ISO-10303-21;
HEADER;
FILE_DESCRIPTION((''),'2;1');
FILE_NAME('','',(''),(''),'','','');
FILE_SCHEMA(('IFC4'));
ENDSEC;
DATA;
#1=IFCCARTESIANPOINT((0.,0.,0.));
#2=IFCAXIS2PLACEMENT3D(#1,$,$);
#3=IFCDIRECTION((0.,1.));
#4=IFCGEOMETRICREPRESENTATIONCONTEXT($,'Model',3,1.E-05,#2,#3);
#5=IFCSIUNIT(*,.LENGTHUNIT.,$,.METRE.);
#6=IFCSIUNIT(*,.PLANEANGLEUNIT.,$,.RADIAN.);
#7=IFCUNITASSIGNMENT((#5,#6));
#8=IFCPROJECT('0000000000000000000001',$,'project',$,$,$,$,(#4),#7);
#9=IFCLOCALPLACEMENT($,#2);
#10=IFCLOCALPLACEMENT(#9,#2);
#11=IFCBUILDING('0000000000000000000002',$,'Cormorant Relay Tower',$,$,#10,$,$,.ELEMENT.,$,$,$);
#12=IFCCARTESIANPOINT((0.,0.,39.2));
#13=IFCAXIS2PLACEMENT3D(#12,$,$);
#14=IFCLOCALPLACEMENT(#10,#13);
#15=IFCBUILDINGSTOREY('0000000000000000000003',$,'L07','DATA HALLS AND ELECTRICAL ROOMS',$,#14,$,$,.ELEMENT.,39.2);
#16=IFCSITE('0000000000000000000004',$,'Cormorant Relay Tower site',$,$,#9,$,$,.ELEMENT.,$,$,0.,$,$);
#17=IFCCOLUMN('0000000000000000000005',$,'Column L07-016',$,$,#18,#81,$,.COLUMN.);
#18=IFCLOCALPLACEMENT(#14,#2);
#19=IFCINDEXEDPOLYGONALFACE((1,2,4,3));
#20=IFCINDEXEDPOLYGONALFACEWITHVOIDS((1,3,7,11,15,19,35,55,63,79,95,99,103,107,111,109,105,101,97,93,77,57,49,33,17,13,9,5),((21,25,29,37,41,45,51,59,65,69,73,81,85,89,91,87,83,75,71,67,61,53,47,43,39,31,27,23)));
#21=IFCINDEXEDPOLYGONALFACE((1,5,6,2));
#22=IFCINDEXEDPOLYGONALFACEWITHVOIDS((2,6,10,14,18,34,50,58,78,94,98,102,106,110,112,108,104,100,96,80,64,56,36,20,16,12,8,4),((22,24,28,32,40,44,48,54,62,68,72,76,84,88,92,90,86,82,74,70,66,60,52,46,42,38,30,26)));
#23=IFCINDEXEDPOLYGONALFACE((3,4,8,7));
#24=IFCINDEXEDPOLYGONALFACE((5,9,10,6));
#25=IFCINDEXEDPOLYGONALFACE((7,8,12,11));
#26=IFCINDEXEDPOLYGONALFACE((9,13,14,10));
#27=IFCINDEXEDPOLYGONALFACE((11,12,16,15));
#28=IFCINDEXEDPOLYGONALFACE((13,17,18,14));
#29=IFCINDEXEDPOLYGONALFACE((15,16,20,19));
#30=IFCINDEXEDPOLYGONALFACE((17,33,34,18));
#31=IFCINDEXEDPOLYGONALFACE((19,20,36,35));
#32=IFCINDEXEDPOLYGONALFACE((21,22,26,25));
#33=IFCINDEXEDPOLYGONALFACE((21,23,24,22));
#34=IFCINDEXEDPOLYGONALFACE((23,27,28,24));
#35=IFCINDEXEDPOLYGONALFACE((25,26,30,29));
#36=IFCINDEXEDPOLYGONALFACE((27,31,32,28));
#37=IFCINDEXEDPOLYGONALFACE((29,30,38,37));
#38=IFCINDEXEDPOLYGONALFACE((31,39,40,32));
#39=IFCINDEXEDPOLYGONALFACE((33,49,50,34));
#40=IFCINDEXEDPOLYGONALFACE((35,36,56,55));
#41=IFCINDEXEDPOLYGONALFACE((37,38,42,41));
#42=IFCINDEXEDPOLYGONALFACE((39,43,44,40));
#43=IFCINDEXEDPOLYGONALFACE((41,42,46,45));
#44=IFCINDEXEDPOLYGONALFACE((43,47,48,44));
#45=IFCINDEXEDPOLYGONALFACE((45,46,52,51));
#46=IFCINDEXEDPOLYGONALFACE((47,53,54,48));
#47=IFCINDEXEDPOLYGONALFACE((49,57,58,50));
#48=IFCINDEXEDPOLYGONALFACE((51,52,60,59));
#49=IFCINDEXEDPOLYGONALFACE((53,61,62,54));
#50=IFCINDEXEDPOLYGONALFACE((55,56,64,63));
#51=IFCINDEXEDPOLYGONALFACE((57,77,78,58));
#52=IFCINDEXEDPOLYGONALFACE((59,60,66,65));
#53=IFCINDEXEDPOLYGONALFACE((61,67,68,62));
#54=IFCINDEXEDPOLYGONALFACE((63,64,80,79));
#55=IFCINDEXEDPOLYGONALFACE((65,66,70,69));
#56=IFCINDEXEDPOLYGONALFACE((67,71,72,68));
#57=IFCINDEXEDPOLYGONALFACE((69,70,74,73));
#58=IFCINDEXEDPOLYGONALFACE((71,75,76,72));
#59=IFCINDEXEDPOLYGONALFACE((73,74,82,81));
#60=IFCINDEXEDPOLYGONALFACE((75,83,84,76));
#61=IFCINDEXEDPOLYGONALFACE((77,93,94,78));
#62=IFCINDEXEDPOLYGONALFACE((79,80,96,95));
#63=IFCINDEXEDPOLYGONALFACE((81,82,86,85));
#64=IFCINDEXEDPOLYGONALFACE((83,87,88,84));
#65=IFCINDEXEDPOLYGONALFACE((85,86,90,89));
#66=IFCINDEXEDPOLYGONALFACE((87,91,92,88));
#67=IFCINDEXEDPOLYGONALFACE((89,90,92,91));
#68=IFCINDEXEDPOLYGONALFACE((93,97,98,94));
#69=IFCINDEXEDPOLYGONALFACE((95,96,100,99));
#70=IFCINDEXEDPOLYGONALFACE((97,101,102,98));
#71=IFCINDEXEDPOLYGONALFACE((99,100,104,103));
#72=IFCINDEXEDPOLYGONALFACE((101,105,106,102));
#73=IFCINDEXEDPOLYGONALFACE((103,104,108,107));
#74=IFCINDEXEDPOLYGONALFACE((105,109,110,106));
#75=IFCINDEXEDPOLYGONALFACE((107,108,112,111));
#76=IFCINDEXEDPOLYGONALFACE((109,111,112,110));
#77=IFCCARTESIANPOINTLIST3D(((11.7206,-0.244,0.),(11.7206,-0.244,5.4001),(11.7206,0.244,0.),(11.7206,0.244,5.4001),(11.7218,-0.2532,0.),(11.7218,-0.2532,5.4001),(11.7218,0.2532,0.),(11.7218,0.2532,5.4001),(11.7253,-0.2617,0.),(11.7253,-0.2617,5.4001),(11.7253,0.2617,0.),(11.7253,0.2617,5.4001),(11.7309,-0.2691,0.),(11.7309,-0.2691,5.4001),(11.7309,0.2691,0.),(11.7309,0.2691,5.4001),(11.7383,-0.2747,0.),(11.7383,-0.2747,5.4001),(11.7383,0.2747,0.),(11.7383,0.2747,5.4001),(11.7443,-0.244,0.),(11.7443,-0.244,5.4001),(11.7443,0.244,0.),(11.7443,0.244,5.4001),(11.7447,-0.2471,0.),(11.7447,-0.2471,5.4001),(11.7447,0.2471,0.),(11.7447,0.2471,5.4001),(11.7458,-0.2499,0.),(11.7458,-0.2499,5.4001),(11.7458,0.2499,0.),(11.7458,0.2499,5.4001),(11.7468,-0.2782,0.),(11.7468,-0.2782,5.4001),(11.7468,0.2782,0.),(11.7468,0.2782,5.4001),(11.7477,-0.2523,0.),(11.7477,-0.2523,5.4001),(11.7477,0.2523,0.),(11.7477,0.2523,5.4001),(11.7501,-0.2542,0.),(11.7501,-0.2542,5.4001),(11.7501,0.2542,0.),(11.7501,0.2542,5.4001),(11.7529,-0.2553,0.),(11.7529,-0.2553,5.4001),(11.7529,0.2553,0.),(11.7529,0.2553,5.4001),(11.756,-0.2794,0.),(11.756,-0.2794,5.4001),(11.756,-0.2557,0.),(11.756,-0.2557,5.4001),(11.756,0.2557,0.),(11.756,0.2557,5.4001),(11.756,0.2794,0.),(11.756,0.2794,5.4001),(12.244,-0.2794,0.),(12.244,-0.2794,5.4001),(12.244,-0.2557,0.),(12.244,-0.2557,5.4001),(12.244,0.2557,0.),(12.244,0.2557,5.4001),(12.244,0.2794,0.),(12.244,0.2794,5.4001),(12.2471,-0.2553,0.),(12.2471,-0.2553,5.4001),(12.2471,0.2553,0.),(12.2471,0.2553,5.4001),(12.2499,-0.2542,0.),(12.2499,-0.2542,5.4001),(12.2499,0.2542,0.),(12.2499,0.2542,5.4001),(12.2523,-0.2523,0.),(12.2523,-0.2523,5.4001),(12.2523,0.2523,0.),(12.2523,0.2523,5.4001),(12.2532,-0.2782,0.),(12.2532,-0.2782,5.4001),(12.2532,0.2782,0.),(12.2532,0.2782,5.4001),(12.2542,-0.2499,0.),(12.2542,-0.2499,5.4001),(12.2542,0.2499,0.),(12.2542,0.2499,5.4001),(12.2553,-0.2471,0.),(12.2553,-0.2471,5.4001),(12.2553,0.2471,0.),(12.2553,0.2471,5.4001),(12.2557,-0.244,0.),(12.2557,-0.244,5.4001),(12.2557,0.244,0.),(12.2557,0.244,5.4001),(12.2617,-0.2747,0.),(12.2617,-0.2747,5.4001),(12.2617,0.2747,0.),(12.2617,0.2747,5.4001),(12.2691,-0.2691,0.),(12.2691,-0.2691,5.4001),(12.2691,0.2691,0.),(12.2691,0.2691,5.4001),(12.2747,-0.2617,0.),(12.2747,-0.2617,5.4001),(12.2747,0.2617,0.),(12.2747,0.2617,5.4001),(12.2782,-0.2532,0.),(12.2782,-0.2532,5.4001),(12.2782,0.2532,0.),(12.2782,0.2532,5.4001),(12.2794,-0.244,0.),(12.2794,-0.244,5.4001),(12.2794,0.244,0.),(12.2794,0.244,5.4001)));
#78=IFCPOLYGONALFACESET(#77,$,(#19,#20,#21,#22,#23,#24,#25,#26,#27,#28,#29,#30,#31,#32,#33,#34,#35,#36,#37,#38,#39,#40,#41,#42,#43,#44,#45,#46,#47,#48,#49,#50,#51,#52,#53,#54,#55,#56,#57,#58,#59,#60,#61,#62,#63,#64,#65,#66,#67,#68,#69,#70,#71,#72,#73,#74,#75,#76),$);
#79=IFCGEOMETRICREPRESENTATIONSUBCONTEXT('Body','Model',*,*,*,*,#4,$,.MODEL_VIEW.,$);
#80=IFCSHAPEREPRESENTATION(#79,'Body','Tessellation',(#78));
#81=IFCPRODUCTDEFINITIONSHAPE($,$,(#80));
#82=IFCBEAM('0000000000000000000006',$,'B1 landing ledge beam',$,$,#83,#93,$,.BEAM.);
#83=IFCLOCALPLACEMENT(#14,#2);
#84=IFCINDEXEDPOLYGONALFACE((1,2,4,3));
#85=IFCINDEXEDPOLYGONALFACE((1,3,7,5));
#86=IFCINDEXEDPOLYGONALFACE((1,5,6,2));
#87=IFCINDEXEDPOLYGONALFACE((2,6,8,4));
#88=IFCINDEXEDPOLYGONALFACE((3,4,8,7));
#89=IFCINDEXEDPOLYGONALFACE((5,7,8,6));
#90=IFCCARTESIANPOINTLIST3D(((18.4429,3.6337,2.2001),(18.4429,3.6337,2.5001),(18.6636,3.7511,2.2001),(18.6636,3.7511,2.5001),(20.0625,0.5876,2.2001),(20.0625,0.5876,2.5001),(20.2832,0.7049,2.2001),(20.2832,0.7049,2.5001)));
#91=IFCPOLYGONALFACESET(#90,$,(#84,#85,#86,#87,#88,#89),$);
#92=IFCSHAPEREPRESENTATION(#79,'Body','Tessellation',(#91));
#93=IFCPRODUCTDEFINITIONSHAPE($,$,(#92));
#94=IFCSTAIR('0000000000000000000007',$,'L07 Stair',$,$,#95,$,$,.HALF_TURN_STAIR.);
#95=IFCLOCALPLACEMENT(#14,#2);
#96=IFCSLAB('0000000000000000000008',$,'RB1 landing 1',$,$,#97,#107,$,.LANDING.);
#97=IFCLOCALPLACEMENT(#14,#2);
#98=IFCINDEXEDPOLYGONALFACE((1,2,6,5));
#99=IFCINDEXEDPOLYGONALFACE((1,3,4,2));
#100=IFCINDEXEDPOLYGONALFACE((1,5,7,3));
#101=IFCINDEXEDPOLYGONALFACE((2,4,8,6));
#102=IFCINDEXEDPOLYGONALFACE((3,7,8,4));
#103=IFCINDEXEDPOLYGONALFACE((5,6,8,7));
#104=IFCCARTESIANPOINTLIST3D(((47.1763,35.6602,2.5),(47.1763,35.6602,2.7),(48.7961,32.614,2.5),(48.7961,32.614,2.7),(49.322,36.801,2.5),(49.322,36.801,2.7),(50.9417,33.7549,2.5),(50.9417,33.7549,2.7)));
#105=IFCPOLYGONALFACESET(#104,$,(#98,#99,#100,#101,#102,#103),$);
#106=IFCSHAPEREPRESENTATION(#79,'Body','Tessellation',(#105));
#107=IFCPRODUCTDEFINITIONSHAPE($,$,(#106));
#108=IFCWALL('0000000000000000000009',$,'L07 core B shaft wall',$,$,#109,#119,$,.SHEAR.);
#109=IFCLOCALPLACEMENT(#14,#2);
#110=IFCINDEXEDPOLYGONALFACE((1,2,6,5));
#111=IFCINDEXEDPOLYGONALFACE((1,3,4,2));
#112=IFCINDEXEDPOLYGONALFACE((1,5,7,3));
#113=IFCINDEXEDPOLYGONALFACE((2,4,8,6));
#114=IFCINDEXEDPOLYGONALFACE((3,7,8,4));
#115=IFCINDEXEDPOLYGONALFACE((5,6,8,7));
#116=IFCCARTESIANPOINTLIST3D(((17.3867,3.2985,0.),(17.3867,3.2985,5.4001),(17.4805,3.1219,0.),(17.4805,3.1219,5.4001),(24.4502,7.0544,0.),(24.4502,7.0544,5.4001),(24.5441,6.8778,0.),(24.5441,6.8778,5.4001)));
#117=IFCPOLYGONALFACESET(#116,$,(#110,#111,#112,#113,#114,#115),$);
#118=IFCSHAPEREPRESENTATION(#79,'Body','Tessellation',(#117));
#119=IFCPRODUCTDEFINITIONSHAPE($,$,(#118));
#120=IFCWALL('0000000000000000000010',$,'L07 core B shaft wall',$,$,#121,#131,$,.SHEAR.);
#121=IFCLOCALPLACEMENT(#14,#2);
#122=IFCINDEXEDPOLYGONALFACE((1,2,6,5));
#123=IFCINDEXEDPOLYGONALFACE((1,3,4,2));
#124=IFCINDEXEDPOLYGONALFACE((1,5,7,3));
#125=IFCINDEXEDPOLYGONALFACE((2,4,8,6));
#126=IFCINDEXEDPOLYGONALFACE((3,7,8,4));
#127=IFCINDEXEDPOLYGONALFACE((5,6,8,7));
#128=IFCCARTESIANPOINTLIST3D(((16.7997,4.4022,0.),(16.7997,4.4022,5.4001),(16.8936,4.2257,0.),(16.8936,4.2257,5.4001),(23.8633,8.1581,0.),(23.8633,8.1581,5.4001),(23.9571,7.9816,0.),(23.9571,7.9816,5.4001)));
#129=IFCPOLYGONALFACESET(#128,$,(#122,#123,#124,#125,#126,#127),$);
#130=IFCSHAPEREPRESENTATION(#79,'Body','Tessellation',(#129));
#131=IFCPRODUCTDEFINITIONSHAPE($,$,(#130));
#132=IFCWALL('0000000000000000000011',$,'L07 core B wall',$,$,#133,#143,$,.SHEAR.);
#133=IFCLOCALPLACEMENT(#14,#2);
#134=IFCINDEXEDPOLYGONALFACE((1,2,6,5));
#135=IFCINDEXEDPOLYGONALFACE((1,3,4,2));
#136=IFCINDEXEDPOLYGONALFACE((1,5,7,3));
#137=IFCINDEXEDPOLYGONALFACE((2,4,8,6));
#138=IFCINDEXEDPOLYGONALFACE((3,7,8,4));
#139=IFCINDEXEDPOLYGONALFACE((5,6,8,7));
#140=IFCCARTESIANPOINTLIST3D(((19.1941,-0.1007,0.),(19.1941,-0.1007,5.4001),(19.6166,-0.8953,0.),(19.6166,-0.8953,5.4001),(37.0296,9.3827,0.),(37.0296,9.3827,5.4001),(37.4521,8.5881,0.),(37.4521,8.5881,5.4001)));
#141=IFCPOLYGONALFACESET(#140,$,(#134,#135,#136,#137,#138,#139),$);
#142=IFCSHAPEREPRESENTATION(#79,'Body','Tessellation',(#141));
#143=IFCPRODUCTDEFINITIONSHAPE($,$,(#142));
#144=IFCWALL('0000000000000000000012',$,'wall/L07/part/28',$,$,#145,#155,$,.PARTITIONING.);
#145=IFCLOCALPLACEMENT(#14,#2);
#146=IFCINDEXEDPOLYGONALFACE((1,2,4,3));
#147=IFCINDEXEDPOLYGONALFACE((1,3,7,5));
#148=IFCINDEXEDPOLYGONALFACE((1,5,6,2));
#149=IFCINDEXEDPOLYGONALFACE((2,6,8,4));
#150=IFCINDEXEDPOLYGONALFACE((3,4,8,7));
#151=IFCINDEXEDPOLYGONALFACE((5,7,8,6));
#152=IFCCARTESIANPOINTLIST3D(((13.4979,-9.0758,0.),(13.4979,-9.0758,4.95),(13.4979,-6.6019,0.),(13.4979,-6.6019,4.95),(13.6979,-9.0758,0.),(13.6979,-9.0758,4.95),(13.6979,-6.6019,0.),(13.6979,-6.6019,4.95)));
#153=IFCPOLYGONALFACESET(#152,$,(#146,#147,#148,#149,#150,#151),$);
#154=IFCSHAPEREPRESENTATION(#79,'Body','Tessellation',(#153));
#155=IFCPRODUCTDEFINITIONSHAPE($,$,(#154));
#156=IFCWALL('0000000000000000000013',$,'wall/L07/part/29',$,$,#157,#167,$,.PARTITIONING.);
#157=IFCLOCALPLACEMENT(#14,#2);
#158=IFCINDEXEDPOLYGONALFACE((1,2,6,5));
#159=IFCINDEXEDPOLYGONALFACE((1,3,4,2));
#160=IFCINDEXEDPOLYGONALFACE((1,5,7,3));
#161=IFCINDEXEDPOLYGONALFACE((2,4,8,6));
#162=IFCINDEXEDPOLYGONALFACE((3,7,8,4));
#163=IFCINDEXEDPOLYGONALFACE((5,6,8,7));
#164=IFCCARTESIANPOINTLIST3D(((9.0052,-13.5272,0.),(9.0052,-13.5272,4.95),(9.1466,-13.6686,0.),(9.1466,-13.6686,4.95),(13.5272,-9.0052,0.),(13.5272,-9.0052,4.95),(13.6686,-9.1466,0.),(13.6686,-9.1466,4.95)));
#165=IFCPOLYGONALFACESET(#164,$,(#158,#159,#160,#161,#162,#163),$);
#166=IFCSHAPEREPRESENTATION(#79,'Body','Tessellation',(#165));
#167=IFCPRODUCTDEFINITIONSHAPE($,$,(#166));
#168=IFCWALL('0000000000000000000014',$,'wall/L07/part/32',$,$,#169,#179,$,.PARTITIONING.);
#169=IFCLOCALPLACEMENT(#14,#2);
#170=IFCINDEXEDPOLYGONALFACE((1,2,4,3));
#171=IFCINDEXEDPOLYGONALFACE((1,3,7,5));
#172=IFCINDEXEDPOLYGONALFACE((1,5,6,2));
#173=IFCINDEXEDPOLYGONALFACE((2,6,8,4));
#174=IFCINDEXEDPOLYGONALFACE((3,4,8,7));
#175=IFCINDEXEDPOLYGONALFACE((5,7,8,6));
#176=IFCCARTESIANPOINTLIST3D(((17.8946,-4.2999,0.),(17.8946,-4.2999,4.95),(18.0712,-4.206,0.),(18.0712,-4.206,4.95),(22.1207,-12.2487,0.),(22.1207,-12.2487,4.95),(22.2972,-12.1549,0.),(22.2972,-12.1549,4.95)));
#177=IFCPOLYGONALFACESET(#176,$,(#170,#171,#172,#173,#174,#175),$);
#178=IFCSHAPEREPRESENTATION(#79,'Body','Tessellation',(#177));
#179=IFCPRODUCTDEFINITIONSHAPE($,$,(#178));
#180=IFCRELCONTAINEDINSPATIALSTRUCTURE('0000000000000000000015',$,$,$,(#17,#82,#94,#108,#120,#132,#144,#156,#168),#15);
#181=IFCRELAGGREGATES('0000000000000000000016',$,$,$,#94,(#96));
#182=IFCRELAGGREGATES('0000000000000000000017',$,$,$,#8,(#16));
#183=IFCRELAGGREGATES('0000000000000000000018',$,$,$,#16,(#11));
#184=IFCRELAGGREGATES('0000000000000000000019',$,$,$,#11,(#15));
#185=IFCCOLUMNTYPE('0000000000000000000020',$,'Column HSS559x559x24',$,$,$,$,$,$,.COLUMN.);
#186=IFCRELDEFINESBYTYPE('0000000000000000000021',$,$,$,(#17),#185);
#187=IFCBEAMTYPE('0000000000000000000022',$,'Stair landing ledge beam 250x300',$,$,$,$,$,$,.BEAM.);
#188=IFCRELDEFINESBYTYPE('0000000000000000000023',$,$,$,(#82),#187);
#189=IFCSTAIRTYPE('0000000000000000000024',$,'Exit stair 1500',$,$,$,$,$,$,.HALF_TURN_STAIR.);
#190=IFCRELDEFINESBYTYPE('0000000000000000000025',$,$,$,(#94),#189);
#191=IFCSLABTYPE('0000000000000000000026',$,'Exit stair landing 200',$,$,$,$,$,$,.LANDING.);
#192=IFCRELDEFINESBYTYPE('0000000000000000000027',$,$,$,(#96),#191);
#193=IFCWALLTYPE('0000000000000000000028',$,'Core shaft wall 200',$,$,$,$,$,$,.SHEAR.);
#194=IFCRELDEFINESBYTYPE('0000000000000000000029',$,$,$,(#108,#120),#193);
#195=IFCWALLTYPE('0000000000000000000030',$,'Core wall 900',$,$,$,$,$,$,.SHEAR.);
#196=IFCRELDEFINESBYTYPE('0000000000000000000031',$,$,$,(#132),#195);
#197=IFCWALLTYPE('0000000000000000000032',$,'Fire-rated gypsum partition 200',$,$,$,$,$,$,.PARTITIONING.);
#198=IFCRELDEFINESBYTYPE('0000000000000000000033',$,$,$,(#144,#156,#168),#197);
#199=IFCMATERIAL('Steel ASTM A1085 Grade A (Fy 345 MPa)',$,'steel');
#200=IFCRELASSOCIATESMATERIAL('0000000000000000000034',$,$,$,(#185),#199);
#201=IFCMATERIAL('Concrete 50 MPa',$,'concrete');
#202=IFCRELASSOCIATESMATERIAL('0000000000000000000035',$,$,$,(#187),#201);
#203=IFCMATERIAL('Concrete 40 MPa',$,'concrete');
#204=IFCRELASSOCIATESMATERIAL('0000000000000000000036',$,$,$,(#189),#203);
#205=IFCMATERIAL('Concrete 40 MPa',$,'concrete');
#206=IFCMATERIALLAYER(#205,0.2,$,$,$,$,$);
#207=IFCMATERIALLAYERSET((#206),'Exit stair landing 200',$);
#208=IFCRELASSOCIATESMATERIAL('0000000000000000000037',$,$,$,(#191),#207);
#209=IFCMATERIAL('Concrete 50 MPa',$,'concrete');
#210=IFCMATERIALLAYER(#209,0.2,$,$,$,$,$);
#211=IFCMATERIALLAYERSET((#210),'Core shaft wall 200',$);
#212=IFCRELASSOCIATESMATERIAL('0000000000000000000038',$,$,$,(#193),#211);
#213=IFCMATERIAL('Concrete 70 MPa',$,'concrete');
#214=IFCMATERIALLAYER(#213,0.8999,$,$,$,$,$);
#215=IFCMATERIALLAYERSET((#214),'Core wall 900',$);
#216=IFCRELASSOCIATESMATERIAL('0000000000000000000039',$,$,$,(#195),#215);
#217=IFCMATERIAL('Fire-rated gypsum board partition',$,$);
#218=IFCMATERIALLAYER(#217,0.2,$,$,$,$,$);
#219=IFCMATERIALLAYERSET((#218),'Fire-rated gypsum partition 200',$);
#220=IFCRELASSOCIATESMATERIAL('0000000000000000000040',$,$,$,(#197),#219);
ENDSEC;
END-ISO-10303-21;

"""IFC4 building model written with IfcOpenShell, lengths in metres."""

from ifc_helpers import new_model, si_unit, direction, frame, frame_2d, origin, origin_2d, place, context, subcontext, project, spatial, polyline, rectangle, hollow_rectangle, outline, extrude, material, layer, layer_set, material_profile, profile_set, type_object, element, aggregate, save


model = new_model("IFC4")

# Units and contexts
model_context = context("Model", 3, precision=1e-05, world=origin(), true_north=direction((0.0, 1.0)))
body_context = subcontext(model_context, "Body", "Model", "MODEL_VIEW")
ifc_project = project(units=[si_unit("LENGTHUNIT", "METRE"), si_unit("PLANEANGLEUNIT", "RADIAN")], contexts=[model_context])

# Site, building, storey
site_placement = place(None, origin())
site = spatial("IfcSite", under=ifc_project, at=site_placement, Name="Cormorant Relay Tower site", CompositionType="ELEMENT", RefElevation=0.0)
building_placement = place(site_placement, origin())
building = spatial("IfcBuilding", under=site, at=building_placement, Name="Cormorant Relay Tower", CompositionType="ELEMENT")
storey_placement = place(building_placement, frame((0.0, 0.0, 39.2)))
storey = spatial("IfcBuildingStorey", under=building, at=storey_placement, Name="L07", Description="DATA HALLS AND ELECTRICAL ROOMS", CompositionType="ELEMENT", Elevation=39.2)

# Column
ifc_material_1 = material(Name="Steel ASTM A1085 Grade A (Fy 345 MPa)", Category="steel")
ifc_material_profile_1 = material_profile(ifc_material_1, hollow_rectangle(XDim=0.5588, YDim=0.5588, WallThickness=0.0237, InnerFilletRadius=0.0117, OuterFilletRadius=0.0354, at=origin_2d()), Name="HSS559x559x24")
ifc_profile_set_1 = profile_set([ifc_material_profile_1], Name="Steel ASTM A1085 Grade A (Fy 345 MPa)")
column_type = type_object("IfcColumnType", Name="Column HSS559x559x24", PredefinedType="COLUMN", material=ifc_profile_set_1)
column_placement = place(storey_placement, frame((12.0, 0.0, 0.0), z_axis=(0.0, 0.0, 1.0), x_axis=(1.0, 0.0, 0.0)))
element("IfcColumn", 1, at=column_placement, inside=storey, type_object=column_type, Name="Column L07-016", PredefinedType="COLUMN", context=body_context, shape_type="SweptSolid", body=[
    extrude(hollow_rectangle(XDim=0.5588, YDim=0.5588, WallThickness=0.0237, InnerFilletRadius=0.0117, OuterFilletRadius=0.0354, at=origin_2d()), origin(), (0.0, 0.0, 1.0), 5.4001),
])

# Beam
ifc_material_2 = material(Name="Concrete 50 MPa", Category="concrete")
ifc_material_profile_2 = material_profile(ifc_material_2, rectangle(XDim=0.25, YDim=0.3, at=origin_2d()), Name="RC 250x300")
ifc_profile_set_2 = profile_set([ifc_material_profile_2], Name="Concrete 50 MPa")
beam_type = type_object("IfcBeamType", Name="Stair landing ledge beam 250x300", PredefinedType="BEAM", material=ifc_profile_set_2)
beam_placement = place(storey_placement, frame((18.5532, 3.6924, 2.3501), z_axis=(0.469464, -0.882952, 0.0), x_axis=(0.882952, 0.469464, 0.0)))
element("IfcBeam", 2, at=beam_placement, inside=storey, type_object=beam_type, Name="B1 landing ledge beam", PredefinedType="BEAM", context=body_context, shape_type="SweptSolid", body=[
    extrude(rectangle(XDim=0.25, YDim=0.3, at=origin_2d()), origin(), (0.0, 0.0, 1.0), 3.45),
])

# Stair, slab
ifc_material_3 = material(Name="Concrete 40 MPa", Category="concrete")
stair_type = type_object("IfcStairType", Name="Exit stair 1500", PredefinedType="HALF_TURN_STAIR", material=ifc_material_3)
stair_1_placement = place(storey_placement, origin())
stair_1 = element("IfcStair", 3, at=stair_1_placement, inside=storey, type_object=stair_type, Name="L07 Stair", PredefinedType="HALF_TURN_STAIR")
ifc_material_4 = material(Name="Concrete 40 MPa", Category="concrete")
ifc_layer_1 = layer(ifc_material_4, 0.2)
ifc_layer_set_1 = layer_set([ifc_layer_1], Name="Exit stair landing 200")
slab_type = type_object("IfcSlabType", Name="Exit stair landing 200", PredefinedType="LANDING", material=ifc_layer_set_1)
slab_placement = place(storey_placement, frame((0.0, 0.0, 2.5)))
slab = element("IfcSlab", 4, at=slab_placement, type_object=slab_type, Name="RB1 landing 1", PredefinedType="LANDING", context=body_context, shape_type="SweptSolid", body=[
    extrude(outline(polyline([(48.7961, 32.614), (50.9417, 33.7549), (49.322, 36.801), (47.1763, 35.6602), (48.7961, 32.614)])), origin(), (0.0, 0.0, 1.0), 0.2),
])
aggregate(stair_1, [slab])

# Walls
ifc_material_5 = material(Name="Concrete 50 MPa", Category="concrete")
ifc_layer_2 = layer(ifc_material_5, 0.2)
ifc_layer_set_2 = layer_set([ifc_layer_2], Name="Core shaft wall 200")
wall_type_1 = type_object("IfcWallType", Name="Core shaft wall 200", PredefinedType="SHEAR", material=ifc_layer_set_2)
for number, where, z_axis, x_axis, name in (
    (5, (17.4336, 3.2102, 0.0), (0.0, 0.0, 1.0), (0.88294, 0.469485, 0.0), "L07 core B shaft wall"),
    (6, (16.8467, 4.314, 0.0), (0.0, 0.0, 1.0), (0.88294, 0.469485, 0.0), "L07 core B shaft wall"),
):
    element("IfcWall", number, at=place(storey_placement, frame(where, z_axis=z_axis, x_axis=x_axis)), inside=storey, type_object=wall_type_1, Name=name, PredefinedType="SHEAR", context=body_context, shape_type="SweptSolid", body=[
        extrude(rectangle(XDim=8.0, YDim=0.2, at=frame_2d((4.0, 0.0))), origin(), (0.0, 0.0, 1.0), 5.4001),
    ])

# Shared definitions
ifc_material_6 = material(Name="Concrete 70 MPa", Category="concrete")
ifc_layer_3 = layer(ifc_material_6, 0.8999)
ifc_layer_set_3 = layer_set([ifc_layer_3], Name="Core wall 900")
wall_type_2 = type_object("IfcWallType", Name="Core wall 900", PredefinedType="SHEAR", material=ifc_layer_set_3)

# Walls
wall_1_placement = place(storey_placement, frame((19.4053, -0.498, 0.0), z_axis=(0.0, 0.0, 1.0), x_axis=(0.882945, 0.469476, 0.0)))
element("IfcWall", 7, at=wall_1_placement, inside=storey, type_object=wall_type_2, Name="L07 core B wall", PredefinedType="SHEAR", context=body_context, shape_type="SweptSolid", body=[
    extrude(rectangle(XDim=20.2, YDim=0.8999, at=frame_2d((10.1001, 0.0))), origin(), (0.0, 0.0, 1.0), 5.4001),
])
ifc_material_7 = material(Name="Fire-rated gypsum board partition")
ifc_layer_4 = layer(ifc_material_7, 0.2)
ifc_layer_set_4 = layer_set([ifc_layer_4], Name="Fire-rated gypsum partition 200")
wall_type_3 = type_object("IfcWallType", Name="Fire-rated gypsum partition 200", PredefinedType="PARTITIONING", material=ifc_layer_set_4)
wall_2_placement = place(storey_placement, frame((13.5979, -6.6021, 0.0), z_axis=(0.0, 0.0, 1.0), x_axis=(0.0, -1.0, 0.0)))
element("IfcWall", 8, at=wall_2_placement, inside=storey, type_object=wall_type_3, Name="wall/L07/part/28", PredefinedType="PARTITIONING", context=body_context, shape_type="SweptSolid", body=[
    extrude(rectangle(XDim=2.4739, YDim=0.2, at=frame_2d((1.2368, 0.0))), origin(), (0.0, 0.0, 1.0), 4.95),
])
wall_3_placement = place(storey_placement, frame((13.5979, -9.0759, 0.0), z_axis=(0.0, 0.0, 1.0), x_axis=(-0.707107, -0.707107, 0.0)))
element("IfcWall", 9, at=wall_3_placement, inside=storey, type_object=wall_type_3, Name="wall/L07/part/29", PredefinedType="PARTITIONING", context=body_context, shape_type="SweptSolid", body=[
    extrude(rectangle(XDim=6.395, YDim=0.2, at=frame_2d((3.1975, 0.0))), origin(), (0.0, 0.0, 1.0), 4.95),
])
wall_4_placement = place(storey_placement, frame((17.9829, -4.2529, 0.0), z_axis=(0.0, 0.0, 1.0), x_axis=(0.469431, -0.882969, 0.0)))
element("IfcWall", 10, at=wall_4_placement, inside=storey, type_object=wall_type_3, Name="wall/L07/part/32", PredefinedType="PARTITIONING", context=body_context, shape_type="SweptSolid", body=[
    extrude(rectangle(XDim=9.0024, YDim=0.2, at=frame_2d((4.5012, 0.0))), origin(), (0.0, 0.0, 1.0), 4.95),
])

save(model, "model.ifc")
